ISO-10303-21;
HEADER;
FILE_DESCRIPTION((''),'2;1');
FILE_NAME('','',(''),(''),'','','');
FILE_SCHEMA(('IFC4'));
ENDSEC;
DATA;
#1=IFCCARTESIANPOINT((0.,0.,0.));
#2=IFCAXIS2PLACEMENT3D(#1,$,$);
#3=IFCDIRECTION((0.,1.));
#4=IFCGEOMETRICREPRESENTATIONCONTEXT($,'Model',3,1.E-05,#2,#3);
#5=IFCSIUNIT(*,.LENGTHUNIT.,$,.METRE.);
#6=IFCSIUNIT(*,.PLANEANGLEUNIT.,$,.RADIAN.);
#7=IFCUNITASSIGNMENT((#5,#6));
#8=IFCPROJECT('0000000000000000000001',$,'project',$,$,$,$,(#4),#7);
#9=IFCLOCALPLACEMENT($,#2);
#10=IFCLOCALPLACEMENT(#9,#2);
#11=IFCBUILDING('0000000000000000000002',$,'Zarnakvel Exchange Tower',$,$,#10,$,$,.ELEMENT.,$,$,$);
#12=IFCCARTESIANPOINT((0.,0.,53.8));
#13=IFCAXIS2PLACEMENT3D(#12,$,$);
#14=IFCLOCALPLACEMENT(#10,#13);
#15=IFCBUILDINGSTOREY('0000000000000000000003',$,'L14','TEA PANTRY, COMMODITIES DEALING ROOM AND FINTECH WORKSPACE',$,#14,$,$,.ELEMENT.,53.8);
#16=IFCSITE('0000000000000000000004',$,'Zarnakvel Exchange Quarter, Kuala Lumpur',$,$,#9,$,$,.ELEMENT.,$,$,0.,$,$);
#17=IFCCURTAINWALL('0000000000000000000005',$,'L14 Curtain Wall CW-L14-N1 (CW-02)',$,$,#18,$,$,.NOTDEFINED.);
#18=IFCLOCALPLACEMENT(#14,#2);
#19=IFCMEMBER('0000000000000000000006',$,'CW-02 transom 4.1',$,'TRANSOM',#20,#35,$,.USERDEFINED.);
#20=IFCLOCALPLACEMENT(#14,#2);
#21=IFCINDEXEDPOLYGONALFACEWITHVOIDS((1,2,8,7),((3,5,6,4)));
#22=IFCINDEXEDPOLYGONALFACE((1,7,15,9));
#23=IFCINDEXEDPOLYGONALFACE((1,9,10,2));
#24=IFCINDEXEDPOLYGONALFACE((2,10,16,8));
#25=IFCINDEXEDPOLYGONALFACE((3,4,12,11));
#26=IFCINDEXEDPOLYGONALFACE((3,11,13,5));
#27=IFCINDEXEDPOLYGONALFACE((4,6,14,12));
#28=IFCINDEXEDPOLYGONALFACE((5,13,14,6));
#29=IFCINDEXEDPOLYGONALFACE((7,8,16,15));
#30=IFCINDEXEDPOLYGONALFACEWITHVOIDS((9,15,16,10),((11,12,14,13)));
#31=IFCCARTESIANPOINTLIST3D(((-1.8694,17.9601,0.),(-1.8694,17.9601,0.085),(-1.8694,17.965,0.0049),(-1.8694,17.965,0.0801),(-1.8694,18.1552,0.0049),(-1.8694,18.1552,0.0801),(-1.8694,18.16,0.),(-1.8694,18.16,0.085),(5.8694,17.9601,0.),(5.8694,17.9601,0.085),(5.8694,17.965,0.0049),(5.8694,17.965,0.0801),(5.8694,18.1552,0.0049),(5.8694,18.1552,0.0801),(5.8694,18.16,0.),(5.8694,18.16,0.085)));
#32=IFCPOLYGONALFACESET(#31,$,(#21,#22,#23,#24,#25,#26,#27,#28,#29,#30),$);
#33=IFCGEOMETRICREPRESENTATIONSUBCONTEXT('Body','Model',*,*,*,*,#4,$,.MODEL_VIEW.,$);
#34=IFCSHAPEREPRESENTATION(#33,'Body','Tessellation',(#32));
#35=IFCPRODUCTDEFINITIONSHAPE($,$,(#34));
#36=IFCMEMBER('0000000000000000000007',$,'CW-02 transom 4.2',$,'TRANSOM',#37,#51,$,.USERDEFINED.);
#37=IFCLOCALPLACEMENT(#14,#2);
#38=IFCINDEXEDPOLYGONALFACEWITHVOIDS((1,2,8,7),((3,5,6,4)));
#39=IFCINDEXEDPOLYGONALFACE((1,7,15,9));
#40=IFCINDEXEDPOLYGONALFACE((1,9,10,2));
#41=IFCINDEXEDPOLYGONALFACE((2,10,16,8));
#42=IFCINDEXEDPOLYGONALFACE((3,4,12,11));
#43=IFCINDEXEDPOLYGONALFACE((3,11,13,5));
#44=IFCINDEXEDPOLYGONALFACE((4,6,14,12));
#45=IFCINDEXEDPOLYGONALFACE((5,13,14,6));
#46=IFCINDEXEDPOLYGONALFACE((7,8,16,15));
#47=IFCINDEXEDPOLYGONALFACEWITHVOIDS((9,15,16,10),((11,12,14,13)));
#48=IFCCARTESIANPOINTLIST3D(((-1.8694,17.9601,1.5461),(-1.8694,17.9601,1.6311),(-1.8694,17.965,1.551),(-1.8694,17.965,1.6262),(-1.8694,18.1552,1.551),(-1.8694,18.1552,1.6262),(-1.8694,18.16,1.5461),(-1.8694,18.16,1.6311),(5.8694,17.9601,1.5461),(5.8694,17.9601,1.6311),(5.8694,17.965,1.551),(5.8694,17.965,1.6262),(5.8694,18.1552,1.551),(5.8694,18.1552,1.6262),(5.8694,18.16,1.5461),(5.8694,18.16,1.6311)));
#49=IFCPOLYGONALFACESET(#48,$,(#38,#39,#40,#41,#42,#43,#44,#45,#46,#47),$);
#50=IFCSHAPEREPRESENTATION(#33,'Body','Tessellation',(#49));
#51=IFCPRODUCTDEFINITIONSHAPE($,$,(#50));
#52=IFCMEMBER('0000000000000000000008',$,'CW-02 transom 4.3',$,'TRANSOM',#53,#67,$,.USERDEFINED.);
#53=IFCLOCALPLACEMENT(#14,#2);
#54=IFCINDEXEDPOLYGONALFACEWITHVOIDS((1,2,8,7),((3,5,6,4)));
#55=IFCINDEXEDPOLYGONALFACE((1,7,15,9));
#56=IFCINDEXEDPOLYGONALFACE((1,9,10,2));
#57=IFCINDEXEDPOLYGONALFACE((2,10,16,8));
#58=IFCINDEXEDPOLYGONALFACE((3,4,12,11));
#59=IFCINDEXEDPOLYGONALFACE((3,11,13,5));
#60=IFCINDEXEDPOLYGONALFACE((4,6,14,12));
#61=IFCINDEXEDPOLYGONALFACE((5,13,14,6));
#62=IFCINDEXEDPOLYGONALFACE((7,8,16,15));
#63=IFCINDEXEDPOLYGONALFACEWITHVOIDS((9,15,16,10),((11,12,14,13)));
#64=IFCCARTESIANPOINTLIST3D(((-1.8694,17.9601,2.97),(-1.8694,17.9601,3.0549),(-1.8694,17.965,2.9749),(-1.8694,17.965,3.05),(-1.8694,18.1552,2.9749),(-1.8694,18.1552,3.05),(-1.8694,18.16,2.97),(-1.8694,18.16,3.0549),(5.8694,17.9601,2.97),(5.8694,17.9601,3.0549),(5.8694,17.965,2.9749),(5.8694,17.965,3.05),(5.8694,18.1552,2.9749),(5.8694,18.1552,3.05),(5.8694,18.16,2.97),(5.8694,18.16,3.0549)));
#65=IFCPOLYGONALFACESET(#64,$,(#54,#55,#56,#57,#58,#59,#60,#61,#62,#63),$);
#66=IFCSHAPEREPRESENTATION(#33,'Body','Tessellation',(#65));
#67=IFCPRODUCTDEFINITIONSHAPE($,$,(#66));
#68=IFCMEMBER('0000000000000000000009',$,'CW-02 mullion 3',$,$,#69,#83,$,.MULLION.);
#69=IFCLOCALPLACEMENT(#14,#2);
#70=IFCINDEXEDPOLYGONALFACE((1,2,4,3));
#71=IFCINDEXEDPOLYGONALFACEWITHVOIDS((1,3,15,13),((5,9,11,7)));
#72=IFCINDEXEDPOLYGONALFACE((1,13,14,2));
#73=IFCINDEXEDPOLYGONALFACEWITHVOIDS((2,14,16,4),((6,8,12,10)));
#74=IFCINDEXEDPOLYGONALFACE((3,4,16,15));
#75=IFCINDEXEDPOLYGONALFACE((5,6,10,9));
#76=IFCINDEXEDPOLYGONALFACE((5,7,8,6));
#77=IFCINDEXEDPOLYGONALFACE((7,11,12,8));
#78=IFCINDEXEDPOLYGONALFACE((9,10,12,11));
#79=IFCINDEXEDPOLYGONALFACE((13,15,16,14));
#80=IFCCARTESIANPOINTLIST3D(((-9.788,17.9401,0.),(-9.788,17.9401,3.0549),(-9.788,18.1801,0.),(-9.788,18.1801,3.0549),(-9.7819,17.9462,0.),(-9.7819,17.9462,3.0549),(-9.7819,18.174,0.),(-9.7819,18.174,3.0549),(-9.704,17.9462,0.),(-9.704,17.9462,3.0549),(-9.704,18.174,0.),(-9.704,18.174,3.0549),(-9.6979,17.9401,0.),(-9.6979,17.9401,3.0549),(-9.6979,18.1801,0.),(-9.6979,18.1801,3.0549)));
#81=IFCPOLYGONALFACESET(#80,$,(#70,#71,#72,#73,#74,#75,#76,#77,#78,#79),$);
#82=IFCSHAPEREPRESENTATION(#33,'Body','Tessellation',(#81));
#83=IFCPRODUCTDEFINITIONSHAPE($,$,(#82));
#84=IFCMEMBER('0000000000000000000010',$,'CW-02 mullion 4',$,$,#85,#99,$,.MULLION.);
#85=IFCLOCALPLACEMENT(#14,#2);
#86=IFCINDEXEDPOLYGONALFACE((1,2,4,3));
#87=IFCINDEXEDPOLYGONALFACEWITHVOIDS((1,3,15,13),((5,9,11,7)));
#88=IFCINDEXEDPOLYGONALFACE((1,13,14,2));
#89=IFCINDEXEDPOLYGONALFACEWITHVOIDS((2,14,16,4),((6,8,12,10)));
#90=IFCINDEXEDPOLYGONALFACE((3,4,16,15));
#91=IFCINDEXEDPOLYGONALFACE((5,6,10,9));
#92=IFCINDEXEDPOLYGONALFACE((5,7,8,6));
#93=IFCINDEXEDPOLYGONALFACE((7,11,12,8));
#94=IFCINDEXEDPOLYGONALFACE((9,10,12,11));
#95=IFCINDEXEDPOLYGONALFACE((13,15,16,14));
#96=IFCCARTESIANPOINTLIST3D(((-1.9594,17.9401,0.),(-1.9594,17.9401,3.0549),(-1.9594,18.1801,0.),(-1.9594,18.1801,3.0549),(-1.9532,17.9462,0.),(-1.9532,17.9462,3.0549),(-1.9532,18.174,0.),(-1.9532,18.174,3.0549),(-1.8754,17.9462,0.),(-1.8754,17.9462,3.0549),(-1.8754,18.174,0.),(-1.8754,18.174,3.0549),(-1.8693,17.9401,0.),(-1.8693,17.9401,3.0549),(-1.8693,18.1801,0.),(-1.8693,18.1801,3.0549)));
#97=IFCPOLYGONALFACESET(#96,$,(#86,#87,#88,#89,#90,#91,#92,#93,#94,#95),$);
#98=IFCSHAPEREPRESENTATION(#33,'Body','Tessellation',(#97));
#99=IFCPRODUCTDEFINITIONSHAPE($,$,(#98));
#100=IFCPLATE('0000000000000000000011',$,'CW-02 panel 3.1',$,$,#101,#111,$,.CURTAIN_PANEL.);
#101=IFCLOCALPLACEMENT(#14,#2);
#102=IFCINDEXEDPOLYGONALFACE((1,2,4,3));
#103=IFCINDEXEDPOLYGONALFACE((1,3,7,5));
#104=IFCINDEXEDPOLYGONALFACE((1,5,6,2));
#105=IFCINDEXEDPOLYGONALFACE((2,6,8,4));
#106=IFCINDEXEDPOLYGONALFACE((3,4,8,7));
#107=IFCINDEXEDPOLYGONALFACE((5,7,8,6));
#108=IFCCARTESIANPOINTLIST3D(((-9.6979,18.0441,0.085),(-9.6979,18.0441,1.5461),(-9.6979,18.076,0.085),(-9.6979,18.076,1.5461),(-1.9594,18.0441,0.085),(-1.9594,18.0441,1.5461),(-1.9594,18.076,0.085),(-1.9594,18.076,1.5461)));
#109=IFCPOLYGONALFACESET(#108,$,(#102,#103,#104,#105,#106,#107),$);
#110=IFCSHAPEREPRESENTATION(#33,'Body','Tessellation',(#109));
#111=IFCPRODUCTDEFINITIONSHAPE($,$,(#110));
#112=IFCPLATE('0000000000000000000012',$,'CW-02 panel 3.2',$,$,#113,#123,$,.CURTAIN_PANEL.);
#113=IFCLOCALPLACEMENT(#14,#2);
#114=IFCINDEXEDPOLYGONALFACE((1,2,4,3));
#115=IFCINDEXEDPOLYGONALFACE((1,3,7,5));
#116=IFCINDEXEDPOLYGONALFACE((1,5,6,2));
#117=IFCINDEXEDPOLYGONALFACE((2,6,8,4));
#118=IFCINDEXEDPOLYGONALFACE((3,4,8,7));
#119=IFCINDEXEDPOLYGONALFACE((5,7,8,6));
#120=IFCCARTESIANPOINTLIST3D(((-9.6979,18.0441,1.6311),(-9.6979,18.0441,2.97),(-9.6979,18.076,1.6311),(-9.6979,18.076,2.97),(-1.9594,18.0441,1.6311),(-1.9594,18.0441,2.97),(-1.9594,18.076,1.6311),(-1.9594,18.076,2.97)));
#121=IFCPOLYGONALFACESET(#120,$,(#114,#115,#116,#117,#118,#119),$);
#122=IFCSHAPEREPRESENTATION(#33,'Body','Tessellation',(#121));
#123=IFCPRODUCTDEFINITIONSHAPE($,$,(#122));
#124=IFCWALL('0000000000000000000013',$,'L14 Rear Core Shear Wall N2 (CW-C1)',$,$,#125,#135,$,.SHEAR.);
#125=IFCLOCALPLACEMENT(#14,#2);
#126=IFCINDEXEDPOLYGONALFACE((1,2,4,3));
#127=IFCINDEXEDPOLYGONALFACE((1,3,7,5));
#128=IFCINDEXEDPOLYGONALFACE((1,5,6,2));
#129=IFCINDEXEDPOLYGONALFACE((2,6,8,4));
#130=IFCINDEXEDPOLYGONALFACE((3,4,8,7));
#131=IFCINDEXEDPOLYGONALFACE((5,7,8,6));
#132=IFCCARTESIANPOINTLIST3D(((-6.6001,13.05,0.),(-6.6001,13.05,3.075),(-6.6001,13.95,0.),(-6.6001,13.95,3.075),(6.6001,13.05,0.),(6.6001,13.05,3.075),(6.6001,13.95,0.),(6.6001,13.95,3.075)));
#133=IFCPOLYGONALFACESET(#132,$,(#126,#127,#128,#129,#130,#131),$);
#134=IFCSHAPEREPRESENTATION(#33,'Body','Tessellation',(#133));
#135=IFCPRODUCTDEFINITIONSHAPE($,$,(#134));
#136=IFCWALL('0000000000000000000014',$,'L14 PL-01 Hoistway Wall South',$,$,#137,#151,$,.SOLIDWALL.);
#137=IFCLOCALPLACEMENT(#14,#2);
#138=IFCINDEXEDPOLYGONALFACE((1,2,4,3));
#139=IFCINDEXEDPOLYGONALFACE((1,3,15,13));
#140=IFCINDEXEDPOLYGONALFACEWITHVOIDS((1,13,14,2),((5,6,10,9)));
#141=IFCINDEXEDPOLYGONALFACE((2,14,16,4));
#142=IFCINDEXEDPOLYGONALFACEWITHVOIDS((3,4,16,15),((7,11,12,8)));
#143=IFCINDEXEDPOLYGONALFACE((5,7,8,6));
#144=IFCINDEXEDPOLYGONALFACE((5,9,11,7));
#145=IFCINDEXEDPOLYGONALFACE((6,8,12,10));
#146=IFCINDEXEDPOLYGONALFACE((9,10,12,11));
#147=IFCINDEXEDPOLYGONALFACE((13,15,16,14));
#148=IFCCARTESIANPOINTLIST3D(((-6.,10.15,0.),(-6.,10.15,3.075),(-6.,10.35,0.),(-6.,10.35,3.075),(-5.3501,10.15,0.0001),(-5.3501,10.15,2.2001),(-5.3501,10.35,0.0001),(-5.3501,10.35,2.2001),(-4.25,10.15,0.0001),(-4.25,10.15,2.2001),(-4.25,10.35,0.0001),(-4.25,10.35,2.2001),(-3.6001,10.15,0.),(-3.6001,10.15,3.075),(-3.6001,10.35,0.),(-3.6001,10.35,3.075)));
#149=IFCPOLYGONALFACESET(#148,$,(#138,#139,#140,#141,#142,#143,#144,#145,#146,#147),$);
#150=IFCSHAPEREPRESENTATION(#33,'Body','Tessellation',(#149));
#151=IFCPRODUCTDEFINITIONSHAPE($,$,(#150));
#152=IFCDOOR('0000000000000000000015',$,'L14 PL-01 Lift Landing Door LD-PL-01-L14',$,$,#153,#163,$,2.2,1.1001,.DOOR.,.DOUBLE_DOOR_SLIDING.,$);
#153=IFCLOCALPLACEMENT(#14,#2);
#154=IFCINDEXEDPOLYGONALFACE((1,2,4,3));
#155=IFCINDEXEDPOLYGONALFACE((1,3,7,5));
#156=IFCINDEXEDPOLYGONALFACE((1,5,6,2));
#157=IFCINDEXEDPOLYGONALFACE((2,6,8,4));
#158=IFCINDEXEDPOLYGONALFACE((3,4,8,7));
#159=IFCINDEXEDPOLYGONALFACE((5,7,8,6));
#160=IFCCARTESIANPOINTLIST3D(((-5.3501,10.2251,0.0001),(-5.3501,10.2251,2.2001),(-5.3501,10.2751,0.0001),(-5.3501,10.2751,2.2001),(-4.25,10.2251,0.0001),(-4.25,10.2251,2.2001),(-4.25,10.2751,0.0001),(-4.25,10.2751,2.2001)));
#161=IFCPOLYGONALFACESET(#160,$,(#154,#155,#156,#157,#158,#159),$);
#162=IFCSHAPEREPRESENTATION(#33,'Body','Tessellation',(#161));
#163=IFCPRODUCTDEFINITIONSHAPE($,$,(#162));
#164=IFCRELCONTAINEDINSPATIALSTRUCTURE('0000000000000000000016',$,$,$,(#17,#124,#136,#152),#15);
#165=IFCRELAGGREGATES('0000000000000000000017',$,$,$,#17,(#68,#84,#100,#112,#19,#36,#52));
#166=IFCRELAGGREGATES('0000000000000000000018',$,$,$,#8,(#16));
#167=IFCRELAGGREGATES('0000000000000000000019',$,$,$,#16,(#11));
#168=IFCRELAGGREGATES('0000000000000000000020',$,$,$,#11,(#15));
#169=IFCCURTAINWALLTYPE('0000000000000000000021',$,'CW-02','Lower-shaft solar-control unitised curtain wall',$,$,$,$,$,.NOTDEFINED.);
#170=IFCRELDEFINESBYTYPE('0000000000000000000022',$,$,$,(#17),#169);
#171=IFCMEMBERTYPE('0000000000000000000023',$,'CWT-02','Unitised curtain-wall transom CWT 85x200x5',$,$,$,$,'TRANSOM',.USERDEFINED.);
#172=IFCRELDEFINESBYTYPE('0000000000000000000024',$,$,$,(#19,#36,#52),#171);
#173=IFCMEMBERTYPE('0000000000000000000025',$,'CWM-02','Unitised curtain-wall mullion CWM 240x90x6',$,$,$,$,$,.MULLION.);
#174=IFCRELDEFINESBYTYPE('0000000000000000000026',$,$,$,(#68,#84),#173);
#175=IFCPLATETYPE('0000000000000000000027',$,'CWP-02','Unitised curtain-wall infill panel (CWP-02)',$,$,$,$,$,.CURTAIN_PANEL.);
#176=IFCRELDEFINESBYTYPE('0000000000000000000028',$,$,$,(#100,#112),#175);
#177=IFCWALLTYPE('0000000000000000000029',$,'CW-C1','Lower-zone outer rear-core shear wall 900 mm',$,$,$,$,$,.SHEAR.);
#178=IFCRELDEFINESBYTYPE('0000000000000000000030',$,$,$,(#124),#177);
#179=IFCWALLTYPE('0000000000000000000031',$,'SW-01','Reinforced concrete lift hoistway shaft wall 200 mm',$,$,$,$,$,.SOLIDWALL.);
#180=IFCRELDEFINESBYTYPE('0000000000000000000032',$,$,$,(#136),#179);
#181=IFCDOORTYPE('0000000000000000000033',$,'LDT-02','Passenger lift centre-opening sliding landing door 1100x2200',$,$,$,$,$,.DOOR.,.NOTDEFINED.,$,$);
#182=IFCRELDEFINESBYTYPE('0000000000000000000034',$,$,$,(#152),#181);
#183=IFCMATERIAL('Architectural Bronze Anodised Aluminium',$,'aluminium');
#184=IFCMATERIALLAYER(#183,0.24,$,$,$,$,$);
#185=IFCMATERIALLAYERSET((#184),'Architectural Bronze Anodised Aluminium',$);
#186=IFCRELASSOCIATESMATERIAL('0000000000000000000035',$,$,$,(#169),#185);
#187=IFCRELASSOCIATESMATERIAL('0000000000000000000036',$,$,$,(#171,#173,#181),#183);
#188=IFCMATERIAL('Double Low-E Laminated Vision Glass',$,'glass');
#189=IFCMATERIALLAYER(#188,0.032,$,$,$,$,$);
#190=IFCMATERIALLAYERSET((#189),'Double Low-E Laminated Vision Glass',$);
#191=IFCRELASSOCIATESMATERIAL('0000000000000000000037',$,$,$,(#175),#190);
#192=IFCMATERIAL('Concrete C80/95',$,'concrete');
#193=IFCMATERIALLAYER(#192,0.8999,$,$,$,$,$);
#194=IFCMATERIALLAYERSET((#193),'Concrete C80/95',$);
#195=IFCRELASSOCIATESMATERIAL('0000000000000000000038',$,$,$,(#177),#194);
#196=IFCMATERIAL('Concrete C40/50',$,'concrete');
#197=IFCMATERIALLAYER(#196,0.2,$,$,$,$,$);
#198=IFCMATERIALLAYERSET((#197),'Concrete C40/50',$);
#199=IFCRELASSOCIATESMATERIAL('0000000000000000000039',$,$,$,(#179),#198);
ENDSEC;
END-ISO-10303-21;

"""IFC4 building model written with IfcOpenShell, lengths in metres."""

from ifc_helpers import new_model, si_unit, direction, frame, frame_2d, origin, origin_2d, place, context, subcontext, project, spatial, rectangle, hollow_rectangle, extrude, source, transform, mapped, material, layer, layer_set, material_profile, profile_set, type_object, element, fill, aggregate, save


model = new_model("IFC4")

# Units and contexts
model_context = context("Model", 3, precision=1e-05, world=origin(), true_north=direction((0.0, 1.0)))
body_context = subcontext(model_context, "Body", "Model", "MODEL_VIEW")
ifc_project = project(units=[si_unit("LENGTHUNIT", "METRE"), si_unit("PLANEANGLEUNIT", "RADIAN")], contexts=[model_context])

# Site, building, storey
site_placement = place(None, origin())
site = spatial("IfcSite", under=ifc_project, at=site_placement, Name="Zarnakvel Exchange Quarter, Kuala Lumpur", CompositionType="ELEMENT", RefElevation=0.0)
building_placement = place(site_placement, origin())
building = spatial("IfcBuilding", under=site, at=building_placement, Name="Zarnakvel Exchange Tower", CompositionType="ELEMENT")
storey_placement = place(building_placement, frame((0.0, 0.0, 53.8)))
storey = spatial("IfcBuildingStorey", under=building, at=storey_placement, Name="L14", Description="TEA PANTRY, COMMODITIES DEALING ROOM AND FINTECH WORKSPACE", CompositionType="ELEMENT", Elevation=53.8)

# Shared definitions
ifc_material_1 = material(Name="Concrete C80/95", Category="concrete")

# Curtain wall, members, plates
ifc_material_2 = material(Name="Architectural Bronze Anodised Aluminium", Category="aluminium")
ifc_layer_1 = layer(ifc_material_2, 0.24)
ifc_layer_set_1 = layer_set([ifc_layer_1], Name="Architectural Bronze Anodised Aluminium")
curtain_wall_type = type_object("IfcCurtainWallType", Name="CW-02", Description="Lower-shaft solar-control unitised curtain wall", PredefinedType="NOTDEFINED", material=ifc_layer_set_1)
curtain_wall_placement = place(storey_placement, origin())
curtain_wall = element("IfcCurtainWall", 1, at=curtain_wall_placement, inside=storey, type_object=curtain_wall_type, Name="L14 Curtain Wall CW-L14-N1 (CW-02)", PredefinedType="NOTDEFINED")
ifc_material_profile_1 = material_profile(ifc_material_2, hollow_rectangle(XDim=0.2, YDim=0.085, WallThickness=0.0049, at=origin_2d()))
ifc_profile_set_1 = profile_set([ifc_material_profile_1], Name="Architectural Bronze Anodised Aluminium")
member_type_1 = type_object("IfcMemberType", Name="CWT-02", Description="Unitised curtain-wall transom CWT 85x200x5", ElementType="TRANSOM", PredefinedType="USERDEFINED", material=ifc_profile_set_1)
shared_shape_1 = source(origin(), body_context, "Body", "SweptSolid", [
    extrude(hollow_rectangle(XDim=0.2, YDim=0.085, WallThickness=0.0049, at=origin_2d()), origin(), (0.0, 0.0, 1.0), 7.7388),
])
member_1_placement = place(storey_placement, frame((-1.8694, 18.0601, 0.0425), z_axis=(1.0, 0.0, 0.0), x_axis=(0.0, 1.0, 0.0)))
member_1 = element("IfcMember", 2, at=member_1_placement, type_object=member_type_1, Name="CW-02 transom 4.1", ObjectType="TRANSOM", PredefinedType="USERDEFINED", context=body_context, shape_type="MappedRepresentation", body=[
    mapped(shared_shape_1, transform((0.0, 0.0, 0.0), x_axis=(1.0, 0.0, 0.0), y_axis=(0.0, 1.0, 0.0), z_axis=(0.0, 0.0, 1.0), scale=1.0)),
])
member_2_placement = place(storey_placement, frame((-1.8694, 18.0601, 1.5886), z_axis=(1.0, 0.0, 0.0), x_axis=(0.0, 1.0, 0.0)))
member_2 = element("IfcMember", 3, at=member_2_placement, type_object=member_type_1, Name="CW-02 transom 4.2", ObjectType="TRANSOM", PredefinedType="USERDEFINED", context=body_context, shape_type="MappedRepresentation", body=[
    mapped(shared_shape_1, transform((0.0, 0.0, 0.0), x_axis=(1.0, 0.0, 0.0), y_axis=(0.0, 1.0, 0.0), z_axis=(0.0, 0.0, 1.0), scale=1.0)),
])
member_3_placement = place(storey_placement, frame((-1.8694, 18.0601, 3.0125), z_axis=(1.0, 0.0, 0.0), x_axis=(0.0, 1.0, 0.0)))
member_3 = element("IfcMember", 4, at=member_3_placement, type_object=member_type_1, Name="CW-02 transom 4.3", ObjectType="TRANSOM", PredefinedType="USERDEFINED", context=body_context, shape_type="MappedRepresentation", body=[
    mapped(shared_shape_1, transform((0.0, 0.0, 0.0), x_axis=(1.0, 0.0, 0.0), y_axis=(0.0, 1.0, 0.0), z_axis=(0.0, 0.0, 1.0), scale=1.0)),
])
ifc_material_profile_2 = material_profile(ifc_material_2, hollow_rectangle(XDim=0.24, YDim=0.0901, WallThickness=0.0061, at=origin_2d()))
ifc_profile_set_2 = profile_set([ifc_material_profile_2], Name="Architectural Bronze Anodised Aluminium")
member_type_2 = type_object("IfcMemberType", Name="CWM-02", Description="Unitised curtain-wall mullion CWM 240x90x6", PredefinedType="MULLION", material=ifc_profile_set_2)
shared_shape_2 = source(origin(), body_context, "Body", "SweptSolid", [
    extrude(hollow_rectangle(XDim=0.24, YDim=0.0901, WallThickness=0.0061, at=origin_2d()), origin(), (0.0, 0.0, 1.0), 3.0549),
])
member_4_placement = place(storey_placement, frame((-9.7429, 18.0601, 0.0), z_axis=(0.0, 0.0, 1.0), x_axis=(0.0, 1.0, 0.0)))
member_4 = element("IfcMember", 5, at=member_4_placement, type_object=member_type_2, Name="CW-02 mullion 3", PredefinedType="MULLION", context=body_context, shape_type="MappedRepresentation", body=[
    mapped(shared_shape_2, transform((0.0, 0.0, 0.0), x_axis=(1.0, 0.0, 0.0), y_axis=(0.0, 1.0, 0.0), z_axis=(0.0, 0.0, 1.0), scale=1.0)),
])
member_5_placement = place(storey_placement, frame((-1.9143, 18.0601, 0.0), z_axis=(0.0, 0.0, 1.0), x_axis=(0.0, 1.0, 0.0)))
member_5 = element("IfcMember", 6, at=member_5_placement, type_object=member_type_2, Name="CW-02 mullion 4", PredefinedType="MULLION", context=body_context, shape_type="MappedRepresentation", body=[
    mapped(shared_shape_2, transform((0.0, 0.0, 0.0), x_axis=(1.0, 0.0, 0.0), y_axis=(0.0, 1.0, 0.0), z_axis=(0.0, 0.0, 1.0), scale=1.0)),
])
ifc_material_3 = material(Name="Double Low-E Laminated Vision Glass", Category="glass")
ifc_layer_2 = layer(ifc_material_3, 0.032)
ifc_layer_set_2 = layer_set([ifc_layer_2], Name="Double Low-E Laminated Vision Glass")
plate_type = type_object("IfcPlateType", Name="CWP-02", Description="Unitised curtain-wall infill panel (CWP-02)", PredefinedType="CURTAIN_PANEL", material=ifc_layer_set_2)
shared_shape_3 = source(origin(), body_context, "Body", "SweptSolid", [
    extrude(rectangle(XDim=7.7385, YDim=0.032, at=origin_2d()), origin(), (0.0, 0.0, 1.0), 1.4612),
])
plate_1_placement = place(storey_placement, frame((-5.8286, 18.0601, 0.085), z_axis=(0.0, 0.0, 1.0), x_axis=(1.0, 0.0, 0.0)))
plate_1 = element("IfcPlate", 7, at=plate_1_placement, type_object=plate_type, Name="CW-02 panel 3.1", PredefinedType="CURTAIN_PANEL", context=body_context, shape_type="MappedRepresentation", body=[
    mapped(shared_shape_3, transform((0.0, 0.0, 0.0), x_axis=(1.0, 0.0, 0.0), y_axis=(0.0, 1.0, 0.0), z_axis=(0.0, 0.0, 1.0), scale=1.0)),
])
shared_shape_4 = source(origin(), body_context, "Body", "SweptSolid", [
    extrude(rectangle(XDim=7.7385, YDim=0.032, at=origin_2d()), origin(), (0.0, 0.0, 1.0), 1.3389),
])
plate_2_placement = place(storey_placement, frame((-5.8286, 18.0601, 1.6311), z_axis=(0.0, 0.0, 1.0), x_axis=(1.0, 0.0, 0.0)))
plate_2 = element("IfcPlate", 8, at=plate_2_placement, type_object=plate_type, Name="CW-02 panel 3.2", PredefinedType="CURTAIN_PANEL", context=body_context, shape_type="MappedRepresentation", body=[
    mapped(shared_shape_4, transform((0.0, 0.0, 0.0), x_axis=(1.0, 0.0, 0.0), y_axis=(0.0, 1.0, 0.0), z_axis=(0.0, 0.0, 1.0), scale=1.0)),
])
aggregate(curtain_wall, [member_4, member_5, plate_1, plate_2, member_1, member_2, member_3])

# Wall
ifc_layer_3 = layer(ifc_material_1, 0.8999)
ifc_layer_set_3 = layer_set([ifc_layer_3], Name="Concrete C80/95")
wall_type_1 = type_object("IfcWallType", Name="CW-C1", Description="Lower-zone outer rear-core shear wall 900 mm", PredefinedType="SHEAR", material=ifc_layer_set_3)
wall_1_placement = place(storey_placement, frame((-6.6001, 13.5, 0.0), z_axis=(0.0, 0.0, 1.0), x_axis=(1.0, 0.0, 0.0)))
element("IfcWall", 9, at=wall_1_placement, inside=storey, type_object=wall_type_1, Name="L14 Rear Core Shear Wall N2 (CW-C1)", PredefinedType="SHEAR", context=body_context, shape_type="SweptSolid", body=[
    extrude(rectangle(XDim=13.2002, YDim=0.8999, at=frame_2d((6.6001, 0.0))), origin(), (0.0, 0.0, 1.0), 3.075),
])

# Wall, opening, door
ifc_material_4 = material(Name="Concrete C40/50", Category="concrete")
ifc_layer_4 = layer(ifc_material_4, 0.2)
ifc_layer_set_4 = layer_set([ifc_layer_4], Name="Concrete C40/50")
wall_type_2 = type_object("IfcWallType", Name="SW-01", Description="Reinforced concrete lift hoistway shaft wall 200 mm", PredefinedType="SOLIDWALL", material=ifc_layer_set_4)
wall_2_placement = place(storey_placement, frame((-3.6001, 10.25, 0.0), z_axis=(0.0, 0.0, 1.0), x_axis=(-1.0, 0.0, 0.0)))
wall_2 = element("IfcWall", 10, at=wall_2_placement, inside=storey, type_object=wall_type_2, Name="L14 PL-01 Hoistway Wall South", PredefinedType="SOLIDWALL", context=body_context, shape_type="SweptSolid", body=[
    extrude(rectangle(XDim=2.3999, YDim=0.2, at=frame_2d((1.2, 0.0))), origin(), (0.0, 0.0, 1.0), 3.075),
])
opening_1_placement = place(wall_2_placement, frame((0.6499, 0.0, 0.0)))
opening_1 = element("IfcOpeningElement", 11, at=opening_1_placement, cuts=wall_2, PredefinedType="OPENING", context=body_context, shape_type="SweptSolid", body=[
    extrude(rectangle(XDim=1.1001, YDim=2.2, at=frame_2d((0.55, 1.1001))), frame((0.0, 0.1099, 0.0), z_axis=(0.0, -1.0, 0.0), x_axis=(1.0, 0.0, 0.0)), (0.0, 0.0, 1.0), 0.22),
])
door_type = type_object("IfcDoorType", Name="LDT-02", Description="Passenger lift centre-opening sliding landing door 1100x2200", OperationType="NOTDEFINED", PredefinedType="DOOR", material=ifc_material_2)
shared_shape_5 = source(origin(), body_context, "Body", "SweptSolid", [
    extrude(rectangle(XDim=1.1001, YDim=2.2, at=frame_2d((0.55, 1.1001))), frame((0.0, 0.0249, 0.0), z_axis=(0.0, -1.0, 0.0), x_axis=(1.0, 0.0, 0.0)), (0.0, 0.0, 1.0), 0.05),
])
door_1_placement = place(opening_1_placement, origin())
door_1 = element("IfcDoor", 12, at=door_1_placement, inside=storey, type_object=door_type, Name="L14 PL-01 Lift Landing Door LD-PL-01-L14", OperationType="DOUBLE_DOOR_SLIDING", OverallHeight=2.2, OverallWidth=1.1001, PredefinedType="DOOR", context=body_context, shape_type="MappedRepresentation", body=[
    mapped(shared_shape_5, transform((0.0, 0.0, 0.0), x_axis=(1.0, 0.0, 0.0), y_axis=(0.0, 1.0, 0.0), z_axis=(0.0, 0.0, 1.0), scale=1.0)),
])
fill(opening_1, door_1)

save(model, "model.ifc")
